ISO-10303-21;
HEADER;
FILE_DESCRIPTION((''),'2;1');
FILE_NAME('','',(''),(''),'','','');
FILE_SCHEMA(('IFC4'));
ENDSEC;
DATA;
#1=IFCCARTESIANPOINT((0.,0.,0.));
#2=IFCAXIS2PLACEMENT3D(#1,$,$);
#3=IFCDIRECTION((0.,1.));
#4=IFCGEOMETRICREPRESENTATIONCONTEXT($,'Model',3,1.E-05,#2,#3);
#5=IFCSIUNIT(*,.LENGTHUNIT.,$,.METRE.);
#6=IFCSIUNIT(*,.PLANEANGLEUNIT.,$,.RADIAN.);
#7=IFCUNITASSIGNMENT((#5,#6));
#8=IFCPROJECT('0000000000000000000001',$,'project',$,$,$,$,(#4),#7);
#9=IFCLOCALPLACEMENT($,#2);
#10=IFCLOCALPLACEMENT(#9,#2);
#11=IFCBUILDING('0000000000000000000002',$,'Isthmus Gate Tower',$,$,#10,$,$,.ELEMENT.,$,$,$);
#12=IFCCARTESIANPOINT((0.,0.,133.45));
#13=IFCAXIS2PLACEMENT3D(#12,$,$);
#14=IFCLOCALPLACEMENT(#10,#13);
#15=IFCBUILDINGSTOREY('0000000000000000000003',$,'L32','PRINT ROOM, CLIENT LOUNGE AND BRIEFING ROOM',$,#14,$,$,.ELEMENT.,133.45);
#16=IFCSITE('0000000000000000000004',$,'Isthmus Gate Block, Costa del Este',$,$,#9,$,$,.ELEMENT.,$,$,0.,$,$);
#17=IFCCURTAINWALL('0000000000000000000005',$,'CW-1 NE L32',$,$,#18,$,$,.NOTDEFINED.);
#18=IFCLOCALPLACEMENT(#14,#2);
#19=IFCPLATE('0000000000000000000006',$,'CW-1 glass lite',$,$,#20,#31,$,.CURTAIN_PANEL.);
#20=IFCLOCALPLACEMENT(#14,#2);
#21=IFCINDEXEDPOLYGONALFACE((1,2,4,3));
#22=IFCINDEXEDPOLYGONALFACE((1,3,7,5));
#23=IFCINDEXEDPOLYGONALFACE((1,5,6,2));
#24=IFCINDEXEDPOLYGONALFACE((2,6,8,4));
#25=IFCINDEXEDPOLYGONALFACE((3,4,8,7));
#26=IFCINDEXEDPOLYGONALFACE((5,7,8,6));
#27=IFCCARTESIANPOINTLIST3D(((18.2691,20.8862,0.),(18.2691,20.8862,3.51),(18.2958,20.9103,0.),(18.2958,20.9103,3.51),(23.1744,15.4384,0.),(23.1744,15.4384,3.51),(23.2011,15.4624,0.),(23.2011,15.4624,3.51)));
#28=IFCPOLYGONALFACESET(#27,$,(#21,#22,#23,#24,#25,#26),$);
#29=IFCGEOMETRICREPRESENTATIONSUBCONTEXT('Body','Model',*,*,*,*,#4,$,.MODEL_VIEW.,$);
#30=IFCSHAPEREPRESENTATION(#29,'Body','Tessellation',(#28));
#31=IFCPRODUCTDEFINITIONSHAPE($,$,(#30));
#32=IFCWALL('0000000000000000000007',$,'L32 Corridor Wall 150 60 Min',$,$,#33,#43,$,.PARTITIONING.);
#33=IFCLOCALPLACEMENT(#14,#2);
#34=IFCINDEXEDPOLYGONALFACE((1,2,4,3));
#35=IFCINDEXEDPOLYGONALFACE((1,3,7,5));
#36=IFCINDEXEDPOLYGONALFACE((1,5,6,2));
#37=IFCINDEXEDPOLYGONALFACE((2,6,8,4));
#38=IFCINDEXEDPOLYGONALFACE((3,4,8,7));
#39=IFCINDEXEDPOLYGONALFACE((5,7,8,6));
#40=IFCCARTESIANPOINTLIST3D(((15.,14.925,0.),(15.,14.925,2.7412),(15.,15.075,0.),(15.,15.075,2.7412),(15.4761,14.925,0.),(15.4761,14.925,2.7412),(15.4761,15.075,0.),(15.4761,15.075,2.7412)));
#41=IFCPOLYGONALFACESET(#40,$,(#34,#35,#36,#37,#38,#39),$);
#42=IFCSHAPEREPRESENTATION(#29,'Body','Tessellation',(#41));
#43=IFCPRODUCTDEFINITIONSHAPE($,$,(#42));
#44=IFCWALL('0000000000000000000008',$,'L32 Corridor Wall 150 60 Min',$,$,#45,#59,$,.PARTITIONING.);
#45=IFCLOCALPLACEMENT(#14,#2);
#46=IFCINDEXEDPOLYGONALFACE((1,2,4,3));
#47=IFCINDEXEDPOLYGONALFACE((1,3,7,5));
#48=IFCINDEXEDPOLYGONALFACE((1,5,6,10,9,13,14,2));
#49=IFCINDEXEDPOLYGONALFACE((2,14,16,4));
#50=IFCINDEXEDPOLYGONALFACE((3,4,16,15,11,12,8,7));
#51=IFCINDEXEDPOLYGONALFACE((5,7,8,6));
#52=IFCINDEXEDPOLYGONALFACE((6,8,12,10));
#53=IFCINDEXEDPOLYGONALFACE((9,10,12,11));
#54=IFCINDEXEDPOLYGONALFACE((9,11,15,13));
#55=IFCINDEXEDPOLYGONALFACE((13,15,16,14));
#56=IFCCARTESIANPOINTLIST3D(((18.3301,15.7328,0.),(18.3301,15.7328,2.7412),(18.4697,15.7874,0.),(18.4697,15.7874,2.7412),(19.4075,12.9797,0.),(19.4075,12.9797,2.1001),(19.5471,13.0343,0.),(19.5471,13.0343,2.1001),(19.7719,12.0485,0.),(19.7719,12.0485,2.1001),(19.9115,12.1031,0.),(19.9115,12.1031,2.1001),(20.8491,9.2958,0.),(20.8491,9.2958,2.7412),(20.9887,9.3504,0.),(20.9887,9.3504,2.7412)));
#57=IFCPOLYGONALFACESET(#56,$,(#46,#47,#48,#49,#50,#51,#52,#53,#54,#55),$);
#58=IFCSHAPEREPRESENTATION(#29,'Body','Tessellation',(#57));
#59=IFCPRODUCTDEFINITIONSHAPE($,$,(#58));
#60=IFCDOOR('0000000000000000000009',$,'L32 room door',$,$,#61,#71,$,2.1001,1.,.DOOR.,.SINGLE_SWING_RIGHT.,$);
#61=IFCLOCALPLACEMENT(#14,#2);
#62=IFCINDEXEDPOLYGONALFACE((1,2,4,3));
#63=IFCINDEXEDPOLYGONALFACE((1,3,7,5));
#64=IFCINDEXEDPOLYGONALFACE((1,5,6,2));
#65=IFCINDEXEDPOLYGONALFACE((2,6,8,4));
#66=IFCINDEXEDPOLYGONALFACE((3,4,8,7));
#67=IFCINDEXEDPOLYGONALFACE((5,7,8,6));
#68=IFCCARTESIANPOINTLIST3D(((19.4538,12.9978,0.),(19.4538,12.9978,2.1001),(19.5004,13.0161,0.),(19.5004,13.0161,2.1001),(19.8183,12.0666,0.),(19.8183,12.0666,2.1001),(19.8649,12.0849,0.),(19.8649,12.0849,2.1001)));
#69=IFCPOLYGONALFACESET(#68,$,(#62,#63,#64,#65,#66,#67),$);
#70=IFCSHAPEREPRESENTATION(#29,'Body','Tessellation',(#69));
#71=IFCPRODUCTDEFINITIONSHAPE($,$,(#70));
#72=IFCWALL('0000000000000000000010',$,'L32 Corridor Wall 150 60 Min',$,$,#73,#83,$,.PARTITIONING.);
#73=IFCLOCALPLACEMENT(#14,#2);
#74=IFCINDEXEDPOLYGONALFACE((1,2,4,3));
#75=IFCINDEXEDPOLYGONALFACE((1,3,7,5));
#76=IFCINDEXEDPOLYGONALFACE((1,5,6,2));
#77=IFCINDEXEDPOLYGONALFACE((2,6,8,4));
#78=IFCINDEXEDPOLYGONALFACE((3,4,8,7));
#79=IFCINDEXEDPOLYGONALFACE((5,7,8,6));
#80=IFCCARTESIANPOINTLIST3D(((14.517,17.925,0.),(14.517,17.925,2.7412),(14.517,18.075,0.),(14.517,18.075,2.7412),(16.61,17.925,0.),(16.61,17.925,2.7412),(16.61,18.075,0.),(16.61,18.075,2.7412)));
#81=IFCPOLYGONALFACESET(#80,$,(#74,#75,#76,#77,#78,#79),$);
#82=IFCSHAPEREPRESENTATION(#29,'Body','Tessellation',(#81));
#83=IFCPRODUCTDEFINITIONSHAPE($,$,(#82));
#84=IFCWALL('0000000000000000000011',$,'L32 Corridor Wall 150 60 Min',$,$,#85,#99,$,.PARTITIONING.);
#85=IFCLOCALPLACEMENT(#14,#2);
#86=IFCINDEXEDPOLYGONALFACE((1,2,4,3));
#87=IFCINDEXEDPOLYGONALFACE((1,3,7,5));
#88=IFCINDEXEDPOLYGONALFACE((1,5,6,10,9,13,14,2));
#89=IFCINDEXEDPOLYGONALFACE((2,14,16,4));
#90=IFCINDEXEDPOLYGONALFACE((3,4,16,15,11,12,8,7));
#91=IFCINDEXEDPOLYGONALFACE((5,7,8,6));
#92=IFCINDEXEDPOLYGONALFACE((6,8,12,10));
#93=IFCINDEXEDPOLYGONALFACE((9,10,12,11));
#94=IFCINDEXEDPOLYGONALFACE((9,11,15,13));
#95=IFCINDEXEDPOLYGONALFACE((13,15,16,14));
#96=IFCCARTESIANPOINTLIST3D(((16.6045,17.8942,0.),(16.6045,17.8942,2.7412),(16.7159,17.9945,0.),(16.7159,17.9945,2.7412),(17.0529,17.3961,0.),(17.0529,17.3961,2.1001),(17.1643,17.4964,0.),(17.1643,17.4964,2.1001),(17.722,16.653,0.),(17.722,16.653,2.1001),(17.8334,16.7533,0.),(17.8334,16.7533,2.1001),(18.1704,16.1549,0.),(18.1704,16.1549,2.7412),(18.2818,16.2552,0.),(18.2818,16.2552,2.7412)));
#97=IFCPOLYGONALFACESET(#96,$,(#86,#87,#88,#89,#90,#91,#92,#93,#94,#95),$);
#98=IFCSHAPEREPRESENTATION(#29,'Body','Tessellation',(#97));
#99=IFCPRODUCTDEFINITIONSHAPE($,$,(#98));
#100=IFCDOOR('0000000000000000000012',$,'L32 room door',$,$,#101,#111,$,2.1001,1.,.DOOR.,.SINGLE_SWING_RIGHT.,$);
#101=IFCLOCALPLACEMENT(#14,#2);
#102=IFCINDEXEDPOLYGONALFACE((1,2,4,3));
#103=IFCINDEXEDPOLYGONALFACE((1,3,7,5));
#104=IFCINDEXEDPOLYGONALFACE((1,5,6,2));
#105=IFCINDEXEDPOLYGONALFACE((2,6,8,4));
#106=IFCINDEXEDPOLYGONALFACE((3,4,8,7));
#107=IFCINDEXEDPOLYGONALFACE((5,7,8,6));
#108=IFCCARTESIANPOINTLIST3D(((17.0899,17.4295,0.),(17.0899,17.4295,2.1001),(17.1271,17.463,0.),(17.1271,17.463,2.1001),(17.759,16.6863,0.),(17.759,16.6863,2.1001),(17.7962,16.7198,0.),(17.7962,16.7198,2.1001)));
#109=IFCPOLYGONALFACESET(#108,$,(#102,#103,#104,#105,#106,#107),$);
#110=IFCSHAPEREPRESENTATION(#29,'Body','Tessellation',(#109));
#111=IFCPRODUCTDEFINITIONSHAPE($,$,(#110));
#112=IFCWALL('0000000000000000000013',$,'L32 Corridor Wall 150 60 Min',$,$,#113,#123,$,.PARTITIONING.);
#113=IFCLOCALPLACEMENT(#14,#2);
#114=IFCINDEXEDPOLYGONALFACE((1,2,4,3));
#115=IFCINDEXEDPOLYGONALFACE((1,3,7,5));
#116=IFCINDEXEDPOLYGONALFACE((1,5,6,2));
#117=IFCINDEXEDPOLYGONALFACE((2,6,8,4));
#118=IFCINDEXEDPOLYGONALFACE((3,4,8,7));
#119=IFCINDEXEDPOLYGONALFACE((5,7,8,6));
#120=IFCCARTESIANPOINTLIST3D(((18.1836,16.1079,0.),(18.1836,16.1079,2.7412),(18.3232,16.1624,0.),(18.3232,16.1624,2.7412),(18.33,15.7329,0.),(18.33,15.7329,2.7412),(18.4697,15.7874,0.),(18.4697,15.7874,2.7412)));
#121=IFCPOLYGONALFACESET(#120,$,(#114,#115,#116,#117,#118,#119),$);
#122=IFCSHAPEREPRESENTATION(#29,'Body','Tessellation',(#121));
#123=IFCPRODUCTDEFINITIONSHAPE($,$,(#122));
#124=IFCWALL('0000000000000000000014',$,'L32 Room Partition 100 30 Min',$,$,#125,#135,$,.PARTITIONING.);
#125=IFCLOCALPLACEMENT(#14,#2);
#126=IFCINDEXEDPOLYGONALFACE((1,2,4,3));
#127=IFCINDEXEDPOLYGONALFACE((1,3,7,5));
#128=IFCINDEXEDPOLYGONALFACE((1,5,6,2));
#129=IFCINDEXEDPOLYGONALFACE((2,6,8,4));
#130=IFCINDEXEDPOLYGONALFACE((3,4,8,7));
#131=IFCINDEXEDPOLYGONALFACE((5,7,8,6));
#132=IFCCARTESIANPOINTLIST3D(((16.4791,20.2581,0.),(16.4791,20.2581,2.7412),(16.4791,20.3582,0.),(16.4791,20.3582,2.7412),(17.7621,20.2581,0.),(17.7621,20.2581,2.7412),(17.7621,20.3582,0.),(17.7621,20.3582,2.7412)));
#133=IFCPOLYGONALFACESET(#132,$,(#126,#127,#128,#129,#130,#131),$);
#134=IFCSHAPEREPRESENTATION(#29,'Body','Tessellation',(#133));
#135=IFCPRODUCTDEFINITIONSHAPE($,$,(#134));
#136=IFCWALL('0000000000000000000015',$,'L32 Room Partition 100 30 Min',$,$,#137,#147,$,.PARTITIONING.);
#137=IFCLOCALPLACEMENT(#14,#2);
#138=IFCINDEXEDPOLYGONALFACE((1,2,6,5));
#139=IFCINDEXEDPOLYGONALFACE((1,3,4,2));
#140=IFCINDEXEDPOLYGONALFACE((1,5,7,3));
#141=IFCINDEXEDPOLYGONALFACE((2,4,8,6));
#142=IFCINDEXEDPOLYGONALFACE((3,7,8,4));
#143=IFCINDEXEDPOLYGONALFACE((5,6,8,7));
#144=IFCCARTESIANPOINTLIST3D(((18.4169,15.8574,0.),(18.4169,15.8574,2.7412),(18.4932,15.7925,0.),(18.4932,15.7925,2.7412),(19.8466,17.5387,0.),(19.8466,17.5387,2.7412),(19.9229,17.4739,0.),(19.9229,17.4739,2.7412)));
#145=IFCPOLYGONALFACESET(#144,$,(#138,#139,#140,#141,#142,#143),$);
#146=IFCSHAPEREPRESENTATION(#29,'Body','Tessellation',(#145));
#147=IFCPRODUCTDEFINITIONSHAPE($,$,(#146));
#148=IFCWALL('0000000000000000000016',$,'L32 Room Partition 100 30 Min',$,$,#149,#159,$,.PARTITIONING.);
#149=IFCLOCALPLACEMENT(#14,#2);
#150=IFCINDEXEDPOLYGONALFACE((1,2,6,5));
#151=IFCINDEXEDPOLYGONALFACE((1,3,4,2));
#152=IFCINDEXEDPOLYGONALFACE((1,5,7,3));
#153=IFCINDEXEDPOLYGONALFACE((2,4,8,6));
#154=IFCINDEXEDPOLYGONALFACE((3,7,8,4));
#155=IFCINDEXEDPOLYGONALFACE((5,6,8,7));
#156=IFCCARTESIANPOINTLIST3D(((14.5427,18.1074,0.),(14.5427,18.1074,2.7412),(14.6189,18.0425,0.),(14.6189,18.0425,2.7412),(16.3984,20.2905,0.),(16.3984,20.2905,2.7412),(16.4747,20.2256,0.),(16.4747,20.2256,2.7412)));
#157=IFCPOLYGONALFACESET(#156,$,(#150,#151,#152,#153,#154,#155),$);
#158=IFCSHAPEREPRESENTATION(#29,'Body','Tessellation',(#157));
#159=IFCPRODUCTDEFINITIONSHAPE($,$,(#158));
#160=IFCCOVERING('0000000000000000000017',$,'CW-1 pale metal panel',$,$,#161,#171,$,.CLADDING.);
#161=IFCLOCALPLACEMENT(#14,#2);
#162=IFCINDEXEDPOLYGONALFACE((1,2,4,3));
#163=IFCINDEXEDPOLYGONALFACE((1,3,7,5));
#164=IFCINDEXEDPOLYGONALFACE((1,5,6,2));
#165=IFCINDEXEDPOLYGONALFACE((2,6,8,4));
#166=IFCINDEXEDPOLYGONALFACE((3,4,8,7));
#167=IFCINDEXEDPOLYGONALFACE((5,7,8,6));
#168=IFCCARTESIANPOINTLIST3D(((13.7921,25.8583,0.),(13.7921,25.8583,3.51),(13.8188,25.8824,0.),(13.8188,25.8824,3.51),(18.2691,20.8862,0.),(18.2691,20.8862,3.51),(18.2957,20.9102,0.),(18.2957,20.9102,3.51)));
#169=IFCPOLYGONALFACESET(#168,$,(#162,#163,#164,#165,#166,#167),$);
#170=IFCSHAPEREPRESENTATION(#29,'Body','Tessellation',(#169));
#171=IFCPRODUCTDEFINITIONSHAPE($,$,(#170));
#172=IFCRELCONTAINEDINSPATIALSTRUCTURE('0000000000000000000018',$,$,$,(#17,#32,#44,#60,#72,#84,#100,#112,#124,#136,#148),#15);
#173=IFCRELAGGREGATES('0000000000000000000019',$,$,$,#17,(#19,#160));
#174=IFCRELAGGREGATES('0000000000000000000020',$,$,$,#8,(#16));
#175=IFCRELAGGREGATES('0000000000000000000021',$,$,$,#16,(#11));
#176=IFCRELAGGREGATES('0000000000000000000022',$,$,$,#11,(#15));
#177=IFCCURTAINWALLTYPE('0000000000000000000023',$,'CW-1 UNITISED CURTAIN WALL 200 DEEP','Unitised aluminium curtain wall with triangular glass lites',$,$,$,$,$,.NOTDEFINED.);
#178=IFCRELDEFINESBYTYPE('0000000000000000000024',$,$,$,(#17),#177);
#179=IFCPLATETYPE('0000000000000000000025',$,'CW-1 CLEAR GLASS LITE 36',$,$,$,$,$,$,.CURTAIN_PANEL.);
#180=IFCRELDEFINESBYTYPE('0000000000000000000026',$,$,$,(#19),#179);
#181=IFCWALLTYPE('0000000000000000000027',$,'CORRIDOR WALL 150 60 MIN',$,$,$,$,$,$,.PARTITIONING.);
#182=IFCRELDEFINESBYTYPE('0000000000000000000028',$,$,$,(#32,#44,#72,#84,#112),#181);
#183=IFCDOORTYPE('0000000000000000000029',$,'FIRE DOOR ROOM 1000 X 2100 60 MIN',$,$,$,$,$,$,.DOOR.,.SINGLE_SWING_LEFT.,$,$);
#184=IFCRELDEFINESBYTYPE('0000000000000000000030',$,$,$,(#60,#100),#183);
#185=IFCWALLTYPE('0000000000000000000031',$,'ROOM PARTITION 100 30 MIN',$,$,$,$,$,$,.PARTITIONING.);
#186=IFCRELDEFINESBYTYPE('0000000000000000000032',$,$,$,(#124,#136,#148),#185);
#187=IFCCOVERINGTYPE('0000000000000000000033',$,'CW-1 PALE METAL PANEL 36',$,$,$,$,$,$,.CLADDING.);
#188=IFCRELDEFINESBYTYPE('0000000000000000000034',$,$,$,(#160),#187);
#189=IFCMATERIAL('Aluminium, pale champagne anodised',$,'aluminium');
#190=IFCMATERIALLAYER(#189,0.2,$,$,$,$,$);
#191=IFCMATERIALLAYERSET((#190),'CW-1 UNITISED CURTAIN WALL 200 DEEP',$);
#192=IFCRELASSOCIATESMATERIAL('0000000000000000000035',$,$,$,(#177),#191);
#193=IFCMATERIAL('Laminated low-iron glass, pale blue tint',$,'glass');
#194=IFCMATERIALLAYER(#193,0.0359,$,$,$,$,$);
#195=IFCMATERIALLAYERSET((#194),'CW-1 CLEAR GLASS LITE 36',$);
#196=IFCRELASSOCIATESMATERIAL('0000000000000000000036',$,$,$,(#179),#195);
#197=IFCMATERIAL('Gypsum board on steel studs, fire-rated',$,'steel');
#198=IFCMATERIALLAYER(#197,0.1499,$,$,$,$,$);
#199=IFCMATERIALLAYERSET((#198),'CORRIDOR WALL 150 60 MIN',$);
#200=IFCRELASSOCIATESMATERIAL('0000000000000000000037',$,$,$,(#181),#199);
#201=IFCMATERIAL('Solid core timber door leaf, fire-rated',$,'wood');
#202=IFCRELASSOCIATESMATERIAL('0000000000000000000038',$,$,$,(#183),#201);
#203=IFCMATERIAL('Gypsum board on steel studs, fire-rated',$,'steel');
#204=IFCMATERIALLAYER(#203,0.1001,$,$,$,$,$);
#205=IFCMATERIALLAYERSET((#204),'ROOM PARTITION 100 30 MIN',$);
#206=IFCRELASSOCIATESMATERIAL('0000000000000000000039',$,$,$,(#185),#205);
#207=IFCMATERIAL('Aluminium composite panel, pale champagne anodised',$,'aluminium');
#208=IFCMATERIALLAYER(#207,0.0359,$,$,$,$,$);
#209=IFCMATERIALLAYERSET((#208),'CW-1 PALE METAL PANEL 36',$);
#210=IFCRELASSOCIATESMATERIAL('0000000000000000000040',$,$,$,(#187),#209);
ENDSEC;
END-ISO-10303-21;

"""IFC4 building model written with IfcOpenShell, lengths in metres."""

from ifc_helpers import new_model, si_unit, direction, frame, frame_2d, origin, origin_2d, place, context, subcontext, project, spatial, rectangle, extrude, material, layer, layer_set, type_object, element, fill, aggregate, save


model = new_model("IFC4")

# Units and contexts
model_context = context("Model", 3, precision=1e-05, world=origin(), true_north=direction((0.0, 1.0)))
body_context = subcontext(model_context, "Body", "Model", "MODEL_VIEW")
ifc_project = project(units=[si_unit("LENGTHUNIT", "METRE"), si_unit("PLANEANGLEUNIT", "RADIAN")], contexts=[model_context])

# Site, building, storey
site_placement = place(None, origin())
site = spatial("IfcSite", under=ifc_project, at=site_placement, Name="Isthmus Gate Block, Costa del Este", CompositionType="ELEMENT", RefElevation=0.0)
building_placement = place(site_placement, origin())
building = spatial("IfcBuilding", under=site, at=building_placement, Name="Isthmus Gate Tower", CompositionType="ELEMENT")
storey_placement = place(building_placement, frame((0.0, 0.0, 133.45)))
storey = spatial("IfcBuildingStorey", under=building, at=storey_placement, Name="L32", Description="PRINT ROOM, CLIENT LOUNGE AND BRIEFING ROOM", CompositionType="ELEMENT", Elevation=133.45)

# Curtain wall
ifc_material_1 = material(Name="Aluminium, pale champagne anodised", Category="aluminium")
ifc_layer_1 = layer(ifc_material_1, 0.2)
ifc_layer_set_1 = layer_set([ifc_layer_1], Name="CW-1 UNITISED CURTAIN WALL 200 DEEP")
curtain_wall_type = type_object("IfcCurtainWallType", Name="CW-1 UNITISED CURTAIN WALL 200 DEEP", Description="Unitised aluminium curtain wall with triangular glass lites", PredefinedType="NOTDEFINED", material=ifc_layer_set_1)
curtain_wall_placement = place(storey_placement, origin())
curtain_wall = element("IfcCurtainWall", 1, at=curtain_wall_placement, inside=storey, type_object=curtain_wall_type, Name="CW-1 NE L32", PredefinedType="NOTDEFINED")

# Plate
ifc_material_2 = material(Name="Laminated low-iron glass, pale blue tint", Category="glass")
ifc_layer_2 = layer(ifc_material_2, 0.0359)
ifc_layer_set_2 = layer_set([ifc_layer_2], Name="CW-1 CLEAR GLASS LITE 36")
plate_type = type_object("IfcPlateType", Name="CW-1 CLEAR GLASS LITE 36", PredefinedType="CURTAIN_PANEL", material=ifc_layer_set_2)
plate_placement = place(storey_placement, frame((20.7351, 18.1743, 0.0), z_axis=(0.0, 0.0, 1.0), x_axis=(-0.669131, 0.743145, 0.0)))
plate = element("IfcPlate", 2, at=plate_placement, type_object=plate_type, Name="CW-1 glass lite", PredefinedType="CURTAIN_PANEL", context=body_context, shape_type="SweptSolid", body=[
    extrude(rectangle(XDim=7.3308, YDim=0.0359, at=origin_2d()), origin(), (0.0, 0.0, 1.0), 3.51),
])

# Wall
ifc_material_3 = material(Name="Gypsum board on steel studs, fire-rated", Category="steel")
ifc_layer_3 = layer(ifc_material_3, 0.1499)
ifc_layer_set_3 = layer_set([ifc_layer_3], Name="CORRIDOR WALL 150 60 MIN")
wall_type_1 = type_object("IfcWallType", Name="CORRIDOR WALL 150 60 MIN", PredefinedType="PARTITIONING", material=ifc_layer_set_3)
wall_1_placement = place(storey_placement, frame((15.4761, 15.0, 0.0), z_axis=(0.0, 0.0, 1.0), x_axis=(-1.0, 0.0, 0.0)))
element("IfcWall", 3, at=wall_1_placement, inside=storey, type_object=wall_type_1, Name="L32 Corridor Wall 150 60 Min", PredefinedType="PARTITIONING", context=body_context, shape_type="SweptSolid", body=[
    extrude(rectangle(XDim=0.4761, YDim=0.1499, at=frame_2d((0.238, 0.0))), origin(), (0.0, 0.0, 1.0), 2.7412),
])

# Wall, opening, door
wall_2_placement = place(storey_placement, frame((18.3999, 15.76, 0.0), z_axis=(0.0, 0.0, 1.0), x_axis=(0.364426, -0.931232, 0.0)))
wall_2 = element("IfcWall", 4, at=wall_2_placement, inside=storey, type_object=wall_type_1, Name="L32 Corridor Wall 150 60 Min", PredefinedType="PARTITIONING", context=body_context, shape_type="SweptSolid", body=[
    extrude(rectangle(XDim=6.9124, YDim=0.1499, at=frame_2d((3.4561, 0.0))), origin(), (0.0, 0.0, 1.0), 2.7412),
])
opening_1_placement = place(wall_2_placement, frame((2.9563, 0.0, 0.0)))
opening_1 = element("IfcOpeningElement", 5, at=opening_1_placement, cuts=wall_2, PredefinedType="OPENING", context=body_context, shape_type="SweptSolid", body=[
    extrude(rectangle(XDim=1.0, YDim=2.1001, at=frame_2d((0.5, 1.05))), frame((0.0, 0.085, 0.0), z_axis=(0.0, -1.0, 0.0), x_axis=(1.0, 0.0, 0.0)), (0.0, 0.0, 1.0), 0.1699),
])
ifc_material_4 = material(Name="Solid core timber door leaf, fire-rated", Category="wood")
door_type = type_object("IfcDoorType", Name="FIRE DOOR ROOM 1000 X 2100 60 MIN", OperationType="SINGLE_SWING_LEFT", PredefinedType="DOOR", material=ifc_material_4)
door_1_placement = place(opening_1_placement, origin())
door_1 = element("IfcDoor", 6, at=door_1_placement, inside=storey, type_object=door_type, Name="L32 room door", OperationType="SINGLE_SWING_RIGHT", OverallHeight=2.1001, OverallWidth=1.0, PredefinedType="DOOR", context=body_context, shape_type="SweptSolid", body=[
    extrude(rectangle(XDim=1.0, YDim=2.1001, at=frame_2d((0.5, 1.05))), frame((0.0, 0.0249, 0.0), z_axis=(0.0, -1.0, 0.0), x_axis=(1.0, 0.0, 0.0)), (0.0, 0.0, 1.0), 0.05),
])
fill(opening_1, door_1)

# Wall
wall_3_placement = place(storey_placement, frame((14.5171, 18.0, 0.0), z_axis=(0.0, 0.0, 1.0), x_axis=(1.0, 0.0, 0.0)))
element("IfcWall", 7, at=wall_3_placement, inside=storey, type_object=wall_type_1, Name="L32 Corridor Wall 150 60 Min", PredefinedType="PARTITIONING", context=body_context, shape_type="SweptSolid", body=[
    extrude(rectangle(XDim=2.093, YDim=0.1499, at=frame_2d((1.0464, 0.0))), origin(), (0.0, 0.0, 1.0), 2.7412),
])

# Wall, opening, door
wall_4_placement = place(storey_placement, frame((16.6602, 17.9443, 0.0), z_axis=(0.0, 0.0, 1.0), x_axis=(0.669103, -0.74317, 0.0)))
wall_4 = element("IfcWall", 8, at=wall_4_placement, inside=storey, type_object=wall_type_1, Name="L32 Corridor Wall 150 60 Min", PredefinedType="PARTITIONING", context=body_context, shape_type="SweptSolid", body=[
    extrude(rectangle(XDim=2.3403, YDim=0.1499, at=frame_2d((1.1702, 0.0))), origin(), (0.0, 0.0, 1.0), 2.7412),
])
opening_2_placement = place(wall_4_placement, frame((0.6702, 0.0, 0.0)))
opening_2 = element("IfcOpeningElement", 9, at=opening_2_placement, cuts=wall_4, PredefinedType="OPENING", context=body_context, shape_type="SweptSolid", body=[
    extrude(rectangle(XDim=1.0, YDim=2.1001, at=frame_2d((0.5, 1.05))), frame((0.0, 0.085, 0.0), z_axis=(0.0, -1.0, 0.0), x_axis=(1.0, 0.0, 0.0)), (0.0, 0.0, 1.0), 0.1699),
])
door_2_placement = place(opening_2_placement, origin())
door_2 = element("IfcDoor", 10, at=door_2_placement, inside=storey, type_object=door_type, Name="L32 room door", OperationType="SINGLE_SWING_RIGHT", OverallHeight=2.1001, OverallWidth=1.0, PredefinedType="DOOR", context=body_context, shape_type="SweptSolid", body=[
    extrude(rectangle(XDim=1.0, YDim=2.1001, at=frame_2d((0.5, 1.05))), frame((0.0, 0.0249, 0.0), z_axis=(0.0, -1.0, 0.0), x_axis=(1.0, 0.0, 0.0)), (0.0, 0.0, 1.0), 0.05),
])
fill(opening_2, door_2)

# Walls
wall_5_placement = place(storey_placement, frame((18.2534, 16.135, 0.0), z_axis=(0.0, 0.0, 1.0), x_axis=(0.363851, -0.931457, 0.0)))
element("IfcWall", 11, at=wall_5_placement, inside=storey, type_object=wall_type_1, Name="L32 Corridor Wall 150 60 Min", PredefinedType="PARTITIONING", context=body_context, shape_type="SweptSolid", body=[
    extrude(rectangle(XDim=0.4026, YDim=0.1499, at=frame_2d((0.2012, 0.0))), origin(), (0.0, 0.0, 1.0), 2.7412),
])
ifc_material_5 = material(Name="Gypsum board on steel studs, fire-rated", Category="steel")
ifc_layer_4 = layer(ifc_material_5, 0.1001)
ifc_layer_set_4 = layer_set([ifc_layer_4], Name="ROOM PARTITION 100 30 MIN")
wall_type_2 = type_object("IfcWallType", Name="ROOM PARTITION 100 30 MIN", PredefinedType="PARTITIONING", material=ifc_layer_set_4)
wall_6_placement = place(storey_placement, frame((16.479, 20.3081, 0.0), z_axis=(0.0, 0.0, 1.0), x_axis=(1.0, 0.0, 0.0)))
element("IfcWall", 12, at=wall_6_placement, inside=storey, type_object=wall_type_2, Name="L32 Room Partition 100 30 Min", PredefinedType="PARTITIONING", context=body_context, shape_type="SweptSolid", body=[
    extrude(rectangle(XDim=1.283, YDim=0.1001, at=frame_2d((0.6416, 0.0))), origin(), (0.0, 0.0, 1.0), 2.7412),
])
wall_7_placement = place(storey_placement, frame((18.4551, 15.825, 0.0), z_axis=(0.0, 0.0, 1.0), x_axis=(0.64778, 0.761827, 0.0)))
element("IfcWall", 13, at=wall_7_placement, inside=storey, type_object=wall_type_2, Name="L32 Room Partition 100 30 Min", PredefinedType="PARTITIONING", context=body_context, shape_type="SweptSolid", body=[
    extrude(rectangle(XDim=2.207, YDim=0.1001, at=frame_2d((1.1035, 0.0))), origin(), (0.0, 0.0, 1.0), 2.7412),
])
wall_8_placement = place(storey_placement, frame((14.5808, 18.075, 0.0), z_axis=(0.0, 0.0, 1.0), x_axis=(0.647663, 0.761927, 0.0)))
element("IfcWall", 14, at=wall_8_placement, inside=storey, type_object=wall_type_2, Name="L32 Room Partition 100 30 Min", PredefinedType="PARTITIONING", context=body_context, shape_type="SweptSolid", body=[
    extrude(rectangle(XDim=2.8652, YDim=0.1001, at=frame_2d((1.4326, 0.0))), origin(), (0.0, 0.0, 1.0), 2.7412),
])

# Covering
ifc_material_6 = material(Name="Aluminium composite panel, pale champagne anodised", Category="aluminium")
ifc_layer_5 = layer(ifc_material_6, 0.0359)
ifc_layer_set_5 = layer_set([ifc_layer_5], Name="CW-1 PALE METAL PANEL 36")
covering_type = type_object("IfcCoveringType", Name="CW-1 PALE METAL PANEL 36", PredefinedType="CLADDING", material=ifc_layer_set_5)
covering_placement = place(storey_placement, frame((16.0439, 23.3843, 0.0), z_axis=(0.0, 0.0, 1.0), x_axis=(-0.669131, 0.743145, 0.0)))
covering = element("IfcCovering", 15, at=covering_placement, type_object=covering_type, Name="CW-1 pale metal panel", PredefinedType="CLADDING", context=body_context, shape_type="SweptSolid", body=[
    extrude(rectangle(XDim=6.6907, YDim=0.0359, at=origin_2d()), origin(), (0.0, 0.0, 1.0), 3.51),
])
aggregate(curtain_wall, [plate, covering])

save(model, "model.ifc")
